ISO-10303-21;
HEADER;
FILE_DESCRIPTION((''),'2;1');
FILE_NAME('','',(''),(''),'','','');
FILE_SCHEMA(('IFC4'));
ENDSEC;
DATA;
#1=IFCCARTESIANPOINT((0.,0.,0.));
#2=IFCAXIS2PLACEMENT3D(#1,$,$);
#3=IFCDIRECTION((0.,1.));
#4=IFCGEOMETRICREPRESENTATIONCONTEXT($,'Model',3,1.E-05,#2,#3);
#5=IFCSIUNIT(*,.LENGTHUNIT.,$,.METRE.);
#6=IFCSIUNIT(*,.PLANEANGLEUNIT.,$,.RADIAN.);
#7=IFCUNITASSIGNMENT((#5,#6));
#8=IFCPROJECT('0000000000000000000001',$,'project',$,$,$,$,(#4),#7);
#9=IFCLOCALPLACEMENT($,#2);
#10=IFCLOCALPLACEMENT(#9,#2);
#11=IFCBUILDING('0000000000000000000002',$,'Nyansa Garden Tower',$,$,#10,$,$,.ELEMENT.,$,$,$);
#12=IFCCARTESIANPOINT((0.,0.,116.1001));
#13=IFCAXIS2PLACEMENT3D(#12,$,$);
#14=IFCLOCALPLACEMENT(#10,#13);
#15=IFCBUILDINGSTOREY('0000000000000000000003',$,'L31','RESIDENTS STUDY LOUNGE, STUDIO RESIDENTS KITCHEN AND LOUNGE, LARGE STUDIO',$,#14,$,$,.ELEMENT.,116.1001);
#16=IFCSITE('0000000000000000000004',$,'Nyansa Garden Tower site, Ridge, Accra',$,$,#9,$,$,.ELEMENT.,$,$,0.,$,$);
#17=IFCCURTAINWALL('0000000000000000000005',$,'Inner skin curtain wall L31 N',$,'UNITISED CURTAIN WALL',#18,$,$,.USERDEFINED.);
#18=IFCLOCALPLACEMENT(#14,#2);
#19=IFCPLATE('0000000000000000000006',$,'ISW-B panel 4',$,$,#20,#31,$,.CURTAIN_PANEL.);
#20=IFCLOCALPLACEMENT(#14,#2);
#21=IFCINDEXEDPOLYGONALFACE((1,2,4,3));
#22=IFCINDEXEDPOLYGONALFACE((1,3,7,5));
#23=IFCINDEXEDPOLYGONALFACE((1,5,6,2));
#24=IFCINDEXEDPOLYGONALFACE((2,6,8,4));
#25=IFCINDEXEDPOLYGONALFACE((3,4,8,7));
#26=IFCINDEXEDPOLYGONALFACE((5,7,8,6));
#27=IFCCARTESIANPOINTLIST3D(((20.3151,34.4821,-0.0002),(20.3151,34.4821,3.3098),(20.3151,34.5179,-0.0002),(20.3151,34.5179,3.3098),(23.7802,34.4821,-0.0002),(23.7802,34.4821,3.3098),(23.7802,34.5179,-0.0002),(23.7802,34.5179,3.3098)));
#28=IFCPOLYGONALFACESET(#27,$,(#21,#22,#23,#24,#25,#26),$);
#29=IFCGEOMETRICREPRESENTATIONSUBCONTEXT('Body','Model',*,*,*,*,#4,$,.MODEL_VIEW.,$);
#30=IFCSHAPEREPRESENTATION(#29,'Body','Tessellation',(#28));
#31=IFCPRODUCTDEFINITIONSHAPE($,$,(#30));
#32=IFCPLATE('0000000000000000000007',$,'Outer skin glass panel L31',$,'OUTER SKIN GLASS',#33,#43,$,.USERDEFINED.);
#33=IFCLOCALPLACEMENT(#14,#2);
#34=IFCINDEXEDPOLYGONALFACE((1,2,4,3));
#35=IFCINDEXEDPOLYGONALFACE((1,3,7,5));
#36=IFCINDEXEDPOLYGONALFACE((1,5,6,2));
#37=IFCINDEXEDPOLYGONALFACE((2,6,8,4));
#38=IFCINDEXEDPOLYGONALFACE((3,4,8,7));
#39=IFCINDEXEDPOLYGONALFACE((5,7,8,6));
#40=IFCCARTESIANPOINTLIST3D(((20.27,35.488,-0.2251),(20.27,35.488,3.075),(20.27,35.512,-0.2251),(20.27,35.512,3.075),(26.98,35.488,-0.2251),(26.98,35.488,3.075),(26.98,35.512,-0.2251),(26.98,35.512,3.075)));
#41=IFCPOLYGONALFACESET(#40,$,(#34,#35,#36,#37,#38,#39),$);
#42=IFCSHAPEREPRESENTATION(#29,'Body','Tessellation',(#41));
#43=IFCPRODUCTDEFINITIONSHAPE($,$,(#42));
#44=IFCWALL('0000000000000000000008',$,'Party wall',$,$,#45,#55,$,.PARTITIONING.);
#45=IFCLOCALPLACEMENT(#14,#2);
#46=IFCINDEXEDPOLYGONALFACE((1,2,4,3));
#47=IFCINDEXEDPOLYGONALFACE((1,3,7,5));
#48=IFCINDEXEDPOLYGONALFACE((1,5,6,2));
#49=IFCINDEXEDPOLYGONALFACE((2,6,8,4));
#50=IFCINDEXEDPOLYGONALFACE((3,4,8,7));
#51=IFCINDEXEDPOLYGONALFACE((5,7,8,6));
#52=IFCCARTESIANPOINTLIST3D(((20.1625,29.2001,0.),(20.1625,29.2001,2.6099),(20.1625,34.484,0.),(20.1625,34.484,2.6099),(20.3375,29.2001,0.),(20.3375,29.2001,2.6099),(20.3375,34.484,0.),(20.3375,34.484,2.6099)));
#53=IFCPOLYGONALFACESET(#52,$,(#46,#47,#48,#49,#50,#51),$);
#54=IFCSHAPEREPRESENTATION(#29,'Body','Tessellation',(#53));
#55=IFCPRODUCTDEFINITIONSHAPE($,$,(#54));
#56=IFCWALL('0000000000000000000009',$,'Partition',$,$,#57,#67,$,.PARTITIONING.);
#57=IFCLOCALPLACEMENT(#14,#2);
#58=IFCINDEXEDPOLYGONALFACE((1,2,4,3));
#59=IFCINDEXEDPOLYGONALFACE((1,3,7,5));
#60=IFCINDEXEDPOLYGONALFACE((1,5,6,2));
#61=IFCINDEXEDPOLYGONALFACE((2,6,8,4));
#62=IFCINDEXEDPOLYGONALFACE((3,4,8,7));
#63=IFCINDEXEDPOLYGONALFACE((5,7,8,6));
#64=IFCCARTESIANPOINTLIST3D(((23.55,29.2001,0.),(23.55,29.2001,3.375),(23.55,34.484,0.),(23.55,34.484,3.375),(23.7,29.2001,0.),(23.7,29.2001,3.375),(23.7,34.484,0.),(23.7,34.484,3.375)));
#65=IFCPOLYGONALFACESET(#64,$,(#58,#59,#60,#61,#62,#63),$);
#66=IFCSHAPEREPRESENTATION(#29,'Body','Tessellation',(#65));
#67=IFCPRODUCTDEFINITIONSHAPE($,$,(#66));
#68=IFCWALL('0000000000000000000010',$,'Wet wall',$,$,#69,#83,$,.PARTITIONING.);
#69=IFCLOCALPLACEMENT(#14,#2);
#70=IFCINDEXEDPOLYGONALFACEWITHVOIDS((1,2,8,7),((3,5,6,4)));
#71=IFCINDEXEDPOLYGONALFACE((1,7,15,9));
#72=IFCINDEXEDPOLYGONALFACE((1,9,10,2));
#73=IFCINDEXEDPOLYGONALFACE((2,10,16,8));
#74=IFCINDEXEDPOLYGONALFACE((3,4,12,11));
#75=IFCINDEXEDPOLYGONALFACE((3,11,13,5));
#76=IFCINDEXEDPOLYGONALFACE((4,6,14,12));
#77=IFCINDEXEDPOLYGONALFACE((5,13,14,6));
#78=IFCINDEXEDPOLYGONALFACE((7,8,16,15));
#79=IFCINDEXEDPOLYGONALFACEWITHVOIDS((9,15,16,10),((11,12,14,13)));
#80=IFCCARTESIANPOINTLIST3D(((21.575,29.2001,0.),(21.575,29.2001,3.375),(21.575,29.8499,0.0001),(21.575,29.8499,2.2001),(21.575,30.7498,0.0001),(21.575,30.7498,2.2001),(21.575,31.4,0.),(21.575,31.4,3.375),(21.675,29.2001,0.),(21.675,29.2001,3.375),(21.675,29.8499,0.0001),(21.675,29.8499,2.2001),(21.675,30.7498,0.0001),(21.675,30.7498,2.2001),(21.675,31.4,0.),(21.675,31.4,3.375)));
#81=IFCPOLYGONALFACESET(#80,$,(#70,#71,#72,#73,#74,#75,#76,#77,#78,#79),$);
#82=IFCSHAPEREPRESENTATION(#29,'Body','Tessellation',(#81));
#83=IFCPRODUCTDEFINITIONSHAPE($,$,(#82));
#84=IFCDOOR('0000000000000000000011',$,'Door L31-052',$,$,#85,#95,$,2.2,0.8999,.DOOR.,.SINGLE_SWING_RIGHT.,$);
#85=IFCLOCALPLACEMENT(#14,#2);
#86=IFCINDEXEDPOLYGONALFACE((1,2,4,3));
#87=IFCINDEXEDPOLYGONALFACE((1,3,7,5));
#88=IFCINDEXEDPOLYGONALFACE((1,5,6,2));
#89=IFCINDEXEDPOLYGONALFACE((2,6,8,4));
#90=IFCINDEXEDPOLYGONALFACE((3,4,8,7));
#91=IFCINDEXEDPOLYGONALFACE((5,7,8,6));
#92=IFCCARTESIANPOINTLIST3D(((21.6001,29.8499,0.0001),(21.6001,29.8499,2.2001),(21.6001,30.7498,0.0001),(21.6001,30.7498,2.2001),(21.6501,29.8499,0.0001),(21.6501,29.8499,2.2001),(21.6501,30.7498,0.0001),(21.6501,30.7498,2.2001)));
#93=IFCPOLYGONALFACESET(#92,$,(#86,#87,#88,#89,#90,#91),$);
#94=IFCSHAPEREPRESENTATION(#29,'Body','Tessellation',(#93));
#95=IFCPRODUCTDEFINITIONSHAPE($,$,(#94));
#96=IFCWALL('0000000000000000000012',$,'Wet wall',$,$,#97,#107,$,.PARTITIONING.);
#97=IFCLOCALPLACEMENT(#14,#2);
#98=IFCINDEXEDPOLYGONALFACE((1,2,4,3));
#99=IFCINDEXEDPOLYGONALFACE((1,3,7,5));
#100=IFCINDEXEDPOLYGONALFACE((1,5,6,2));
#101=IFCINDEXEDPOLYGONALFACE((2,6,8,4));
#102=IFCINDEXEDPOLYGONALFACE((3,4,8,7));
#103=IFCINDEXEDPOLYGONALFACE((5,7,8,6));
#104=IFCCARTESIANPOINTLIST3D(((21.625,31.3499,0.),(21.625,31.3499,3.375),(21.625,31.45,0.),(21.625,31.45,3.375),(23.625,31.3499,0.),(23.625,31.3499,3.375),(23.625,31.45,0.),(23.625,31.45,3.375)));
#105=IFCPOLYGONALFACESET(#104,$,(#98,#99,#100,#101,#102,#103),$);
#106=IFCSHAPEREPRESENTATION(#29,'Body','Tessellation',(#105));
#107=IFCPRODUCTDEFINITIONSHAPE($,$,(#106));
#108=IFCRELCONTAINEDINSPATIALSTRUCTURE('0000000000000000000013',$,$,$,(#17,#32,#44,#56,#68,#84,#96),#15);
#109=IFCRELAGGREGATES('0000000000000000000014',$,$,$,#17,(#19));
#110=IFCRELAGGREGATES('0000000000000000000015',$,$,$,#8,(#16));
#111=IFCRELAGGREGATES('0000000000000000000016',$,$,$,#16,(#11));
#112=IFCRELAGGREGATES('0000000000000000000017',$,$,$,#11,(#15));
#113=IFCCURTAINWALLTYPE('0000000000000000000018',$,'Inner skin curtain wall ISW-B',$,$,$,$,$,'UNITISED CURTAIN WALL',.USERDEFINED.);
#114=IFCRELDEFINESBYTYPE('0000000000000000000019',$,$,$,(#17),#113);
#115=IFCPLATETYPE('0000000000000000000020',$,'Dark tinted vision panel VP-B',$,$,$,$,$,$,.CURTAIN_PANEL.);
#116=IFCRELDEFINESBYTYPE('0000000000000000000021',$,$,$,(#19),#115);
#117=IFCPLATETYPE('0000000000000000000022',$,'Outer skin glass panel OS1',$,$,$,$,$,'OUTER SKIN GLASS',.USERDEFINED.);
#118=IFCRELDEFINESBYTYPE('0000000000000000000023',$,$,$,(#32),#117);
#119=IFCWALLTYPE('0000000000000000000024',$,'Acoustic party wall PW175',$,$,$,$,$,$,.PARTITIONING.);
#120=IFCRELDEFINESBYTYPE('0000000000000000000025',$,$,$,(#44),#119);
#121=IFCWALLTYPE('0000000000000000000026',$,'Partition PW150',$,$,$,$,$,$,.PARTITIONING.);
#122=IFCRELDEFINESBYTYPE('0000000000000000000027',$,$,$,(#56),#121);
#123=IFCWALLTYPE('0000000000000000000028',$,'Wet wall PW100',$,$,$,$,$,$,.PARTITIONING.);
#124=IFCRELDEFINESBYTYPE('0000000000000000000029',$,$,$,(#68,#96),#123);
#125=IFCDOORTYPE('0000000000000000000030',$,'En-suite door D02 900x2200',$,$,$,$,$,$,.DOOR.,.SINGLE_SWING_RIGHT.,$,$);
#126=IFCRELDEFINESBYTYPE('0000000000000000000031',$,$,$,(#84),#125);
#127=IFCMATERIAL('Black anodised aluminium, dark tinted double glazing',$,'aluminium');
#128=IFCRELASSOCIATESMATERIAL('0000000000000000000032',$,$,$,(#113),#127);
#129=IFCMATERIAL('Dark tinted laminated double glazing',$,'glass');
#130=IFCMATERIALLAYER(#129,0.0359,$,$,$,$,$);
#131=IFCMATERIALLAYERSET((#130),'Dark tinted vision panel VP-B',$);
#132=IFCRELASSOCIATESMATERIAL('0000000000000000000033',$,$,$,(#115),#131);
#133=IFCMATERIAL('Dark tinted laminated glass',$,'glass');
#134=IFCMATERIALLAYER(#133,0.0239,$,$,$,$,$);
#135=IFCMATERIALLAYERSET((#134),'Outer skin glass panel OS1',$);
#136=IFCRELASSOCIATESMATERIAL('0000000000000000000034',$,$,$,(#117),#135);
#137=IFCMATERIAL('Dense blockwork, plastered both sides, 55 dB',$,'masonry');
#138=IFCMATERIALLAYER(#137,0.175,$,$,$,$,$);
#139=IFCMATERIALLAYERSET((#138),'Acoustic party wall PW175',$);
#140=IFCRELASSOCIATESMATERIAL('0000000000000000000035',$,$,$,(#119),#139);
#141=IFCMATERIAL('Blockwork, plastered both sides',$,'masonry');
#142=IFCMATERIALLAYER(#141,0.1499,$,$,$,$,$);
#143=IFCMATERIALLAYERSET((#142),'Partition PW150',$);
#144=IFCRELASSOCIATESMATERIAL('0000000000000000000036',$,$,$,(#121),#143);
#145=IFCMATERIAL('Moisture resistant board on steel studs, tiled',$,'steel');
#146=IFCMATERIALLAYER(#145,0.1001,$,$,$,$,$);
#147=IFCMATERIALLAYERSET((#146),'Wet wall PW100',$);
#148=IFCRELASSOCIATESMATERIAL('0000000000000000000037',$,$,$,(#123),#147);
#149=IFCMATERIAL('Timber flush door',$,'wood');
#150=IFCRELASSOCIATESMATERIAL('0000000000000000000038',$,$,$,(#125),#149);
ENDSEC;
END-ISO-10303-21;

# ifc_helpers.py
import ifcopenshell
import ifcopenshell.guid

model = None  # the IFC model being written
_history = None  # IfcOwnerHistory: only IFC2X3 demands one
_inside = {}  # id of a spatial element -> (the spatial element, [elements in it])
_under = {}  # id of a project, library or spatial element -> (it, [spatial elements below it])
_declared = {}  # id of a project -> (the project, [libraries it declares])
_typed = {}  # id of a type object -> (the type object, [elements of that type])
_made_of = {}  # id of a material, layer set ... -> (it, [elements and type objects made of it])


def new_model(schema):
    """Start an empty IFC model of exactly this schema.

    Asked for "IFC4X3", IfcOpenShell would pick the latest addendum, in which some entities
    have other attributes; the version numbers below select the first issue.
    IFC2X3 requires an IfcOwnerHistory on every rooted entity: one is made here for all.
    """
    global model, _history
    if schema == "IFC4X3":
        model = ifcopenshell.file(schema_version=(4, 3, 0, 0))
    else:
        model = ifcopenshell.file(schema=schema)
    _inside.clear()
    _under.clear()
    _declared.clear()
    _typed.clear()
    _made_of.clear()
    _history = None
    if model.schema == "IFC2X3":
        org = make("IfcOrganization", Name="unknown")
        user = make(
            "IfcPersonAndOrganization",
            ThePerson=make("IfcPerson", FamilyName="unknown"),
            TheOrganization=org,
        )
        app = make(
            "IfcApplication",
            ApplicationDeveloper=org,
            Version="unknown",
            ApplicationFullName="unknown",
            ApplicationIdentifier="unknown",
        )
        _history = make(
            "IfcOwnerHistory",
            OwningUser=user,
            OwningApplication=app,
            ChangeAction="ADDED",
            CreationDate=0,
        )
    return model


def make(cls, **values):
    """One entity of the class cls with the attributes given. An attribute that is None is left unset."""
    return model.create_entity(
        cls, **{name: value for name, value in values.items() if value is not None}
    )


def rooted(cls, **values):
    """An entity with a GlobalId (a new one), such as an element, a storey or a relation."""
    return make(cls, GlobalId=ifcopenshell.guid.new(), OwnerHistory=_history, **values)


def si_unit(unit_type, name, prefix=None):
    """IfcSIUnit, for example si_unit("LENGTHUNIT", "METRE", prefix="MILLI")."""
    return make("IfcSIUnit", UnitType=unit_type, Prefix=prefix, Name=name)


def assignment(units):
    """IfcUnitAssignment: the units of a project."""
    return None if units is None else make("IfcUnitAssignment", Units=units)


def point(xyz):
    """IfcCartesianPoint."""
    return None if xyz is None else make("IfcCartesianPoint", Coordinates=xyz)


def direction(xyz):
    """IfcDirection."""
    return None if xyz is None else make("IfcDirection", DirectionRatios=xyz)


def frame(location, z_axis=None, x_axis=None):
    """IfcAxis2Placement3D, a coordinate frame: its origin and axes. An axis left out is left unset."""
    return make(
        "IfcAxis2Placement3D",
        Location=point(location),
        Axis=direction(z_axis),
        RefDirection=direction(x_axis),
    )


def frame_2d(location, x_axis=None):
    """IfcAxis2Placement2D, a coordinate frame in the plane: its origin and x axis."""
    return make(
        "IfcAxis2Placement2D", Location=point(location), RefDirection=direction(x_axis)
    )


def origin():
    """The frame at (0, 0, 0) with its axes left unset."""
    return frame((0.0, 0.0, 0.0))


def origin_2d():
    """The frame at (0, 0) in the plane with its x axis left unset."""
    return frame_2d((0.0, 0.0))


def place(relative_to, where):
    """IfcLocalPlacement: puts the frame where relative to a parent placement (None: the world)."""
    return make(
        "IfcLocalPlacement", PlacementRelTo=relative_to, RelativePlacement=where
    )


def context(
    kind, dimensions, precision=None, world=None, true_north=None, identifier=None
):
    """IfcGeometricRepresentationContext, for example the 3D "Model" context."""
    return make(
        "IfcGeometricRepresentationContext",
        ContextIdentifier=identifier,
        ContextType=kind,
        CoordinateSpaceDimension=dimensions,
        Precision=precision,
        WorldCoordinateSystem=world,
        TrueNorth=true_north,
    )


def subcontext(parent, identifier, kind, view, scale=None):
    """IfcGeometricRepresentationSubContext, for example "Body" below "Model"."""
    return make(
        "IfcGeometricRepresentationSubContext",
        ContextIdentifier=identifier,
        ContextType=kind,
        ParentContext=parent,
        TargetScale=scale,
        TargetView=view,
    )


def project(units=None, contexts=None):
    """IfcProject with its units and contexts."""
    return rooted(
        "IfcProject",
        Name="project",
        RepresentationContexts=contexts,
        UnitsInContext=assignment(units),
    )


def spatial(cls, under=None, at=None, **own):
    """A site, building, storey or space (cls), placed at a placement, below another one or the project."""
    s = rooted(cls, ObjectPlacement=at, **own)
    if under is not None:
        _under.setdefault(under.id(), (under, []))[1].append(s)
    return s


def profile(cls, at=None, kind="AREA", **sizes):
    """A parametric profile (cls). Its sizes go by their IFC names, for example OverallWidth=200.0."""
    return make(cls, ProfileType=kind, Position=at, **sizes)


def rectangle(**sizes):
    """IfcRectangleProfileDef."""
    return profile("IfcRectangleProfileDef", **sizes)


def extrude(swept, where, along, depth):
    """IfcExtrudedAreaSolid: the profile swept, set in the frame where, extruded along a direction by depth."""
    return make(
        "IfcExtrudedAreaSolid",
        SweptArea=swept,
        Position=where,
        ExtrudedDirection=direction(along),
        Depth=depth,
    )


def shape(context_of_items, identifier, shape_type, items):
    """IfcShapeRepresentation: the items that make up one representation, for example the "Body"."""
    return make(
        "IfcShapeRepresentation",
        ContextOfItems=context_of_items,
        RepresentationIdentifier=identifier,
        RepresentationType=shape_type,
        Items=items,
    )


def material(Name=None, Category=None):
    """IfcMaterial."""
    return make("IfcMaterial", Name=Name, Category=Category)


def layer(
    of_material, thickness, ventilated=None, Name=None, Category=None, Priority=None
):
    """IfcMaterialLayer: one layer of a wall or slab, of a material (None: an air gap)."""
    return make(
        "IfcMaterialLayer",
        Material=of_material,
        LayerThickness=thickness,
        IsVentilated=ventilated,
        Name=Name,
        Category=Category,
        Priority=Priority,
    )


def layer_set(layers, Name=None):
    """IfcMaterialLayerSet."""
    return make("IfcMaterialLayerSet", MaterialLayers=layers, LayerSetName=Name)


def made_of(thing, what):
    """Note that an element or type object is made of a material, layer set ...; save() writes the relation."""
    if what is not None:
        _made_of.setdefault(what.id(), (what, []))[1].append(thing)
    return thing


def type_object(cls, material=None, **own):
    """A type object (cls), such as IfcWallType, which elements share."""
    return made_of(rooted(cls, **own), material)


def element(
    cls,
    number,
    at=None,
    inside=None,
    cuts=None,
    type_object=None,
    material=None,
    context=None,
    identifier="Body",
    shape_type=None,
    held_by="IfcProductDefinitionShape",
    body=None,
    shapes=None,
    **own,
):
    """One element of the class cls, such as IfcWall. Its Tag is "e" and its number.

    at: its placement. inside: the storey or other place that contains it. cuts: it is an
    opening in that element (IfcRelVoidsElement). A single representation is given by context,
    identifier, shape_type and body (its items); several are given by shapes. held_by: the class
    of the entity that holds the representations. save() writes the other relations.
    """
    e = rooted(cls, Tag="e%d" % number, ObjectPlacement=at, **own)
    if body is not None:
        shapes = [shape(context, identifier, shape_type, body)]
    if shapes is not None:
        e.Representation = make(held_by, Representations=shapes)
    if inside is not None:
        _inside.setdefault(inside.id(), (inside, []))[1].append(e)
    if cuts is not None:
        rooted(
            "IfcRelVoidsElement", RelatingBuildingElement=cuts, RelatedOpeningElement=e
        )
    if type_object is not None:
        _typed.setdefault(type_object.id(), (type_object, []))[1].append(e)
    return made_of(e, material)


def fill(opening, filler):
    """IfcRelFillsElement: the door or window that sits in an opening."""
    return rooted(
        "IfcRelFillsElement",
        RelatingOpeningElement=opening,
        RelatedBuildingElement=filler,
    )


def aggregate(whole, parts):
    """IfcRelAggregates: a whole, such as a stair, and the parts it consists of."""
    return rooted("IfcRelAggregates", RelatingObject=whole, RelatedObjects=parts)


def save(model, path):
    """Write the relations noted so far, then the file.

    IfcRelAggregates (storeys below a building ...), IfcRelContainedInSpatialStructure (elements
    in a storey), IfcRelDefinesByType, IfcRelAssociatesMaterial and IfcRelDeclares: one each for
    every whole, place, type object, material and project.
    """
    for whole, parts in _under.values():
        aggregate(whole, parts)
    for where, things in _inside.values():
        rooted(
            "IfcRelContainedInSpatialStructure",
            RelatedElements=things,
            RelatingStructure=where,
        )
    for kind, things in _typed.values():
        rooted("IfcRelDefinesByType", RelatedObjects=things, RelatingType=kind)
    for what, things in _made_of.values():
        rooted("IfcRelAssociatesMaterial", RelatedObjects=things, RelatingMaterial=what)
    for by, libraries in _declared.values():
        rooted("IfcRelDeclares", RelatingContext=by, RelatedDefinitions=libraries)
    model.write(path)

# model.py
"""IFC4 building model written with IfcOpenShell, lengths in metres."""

from ifc_helpers import new_model, si_unit, direction, frame, frame_2d, origin, origin_2d, place, context, subcontext, project, spatial, rectangle, extrude, material, layer, layer_set, type_object, element, fill, aggregate, save


model = new_model("IFC4")

# Units and contexts
model_context = context("Model", 3, precision=1e-05, world=origin(), true_north=direction((0.0, 1.0)))
body_context = subcontext(model_context, "Body", "Model", "MODEL_VIEW")
ifc_project = project(units=[si_unit("LENGTHUNIT", "METRE"), si_unit("PLANEANGLEUNIT", "RADIAN")], contexts=[model_context])

# Site, building, storey
site_placement = place(None, origin())
site = spatial("IfcSite", under=ifc_project, at=site_placement, Name="Nyansa Garden Tower site, Ridge, Accra", CompositionType="ELEMENT", RefElevation=0.0)
building_placement = place(site_placement, origin())
building = spatial("IfcBuilding", under=site, at=building_placement, Name="Nyansa Garden Tower", CompositionType="ELEMENT")
storey_placement = place(building_placement, frame((0.0, 0.0, 116.1001)))
storey = spatial("IfcBuildingStorey", under=building, at=storey_placement, Name="L31", Description="RESIDENTS STUDY LOUNGE, STUDIO RESIDENTS KITCHEN AND LOUNGE, LARGE STUDIO", CompositionType="ELEMENT", Elevation=116.1001)

# Curtain wall
ifc_material_1 = material(Name="Black anodised aluminium, dark tinted double glazing", Category="aluminium")
curtain_wall_type = type_object("IfcCurtainWallType", Name="Inner skin curtain wall ISW-B", ElementType="UNITISED CURTAIN WALL", PredefinedType="USERDEFINED", material=ifc_material_1)
curtain_wall_placement = place(storey_placement, origin())
curtain_wall = element("IfcCurtainWall", 1, at=curtain_wall_placement, inside=storey, type_object=curtain_wall_type, Name="Inner skin curtain wall L31 N", ObjectType="UNITISED CURTAIN WALL", PredefinedType="USERDEFINED")

# Plates
ifc_material_2 = material(Name="Dark tinted laminated double glazing", Category="glass")
ifc_layer_1 = layer(ifc_material_2, 0.0359)
ifc_layer_set_1 = layer_set([ifc_layer_1], Name="Dark tinted vision panel VP-B")
plate_type_1 = type_object("IfcPlateType", Name="Dark tinted vision panel VP-B", PredefinedType="CURTAIN_PANEL", material=ifc_layer_set_1)
plate_1_placement = place(storey_placement, frame((22.0476, 34.5, -0.0002), z_axis=(0.0, 0.0, 1.0), x_axis=(-1.0, 0.0, 0.0)))
plate_1 = element("IfcPlate", 2, at=plate_1_placement, type_object=plate_type_1, Name="ISW-B panel 4", PredefinedType="CURTAIN_PANEL", context=body_context, shape_type="SweptSolid", body=[
    extrude(rectangle(XDim=3.4651, YDim=0.0359, at=origin_2d()), origin(), (0.0, 0.0, 1.0), 3.3101),
])
aggregate(curtain_wall, [plate_1])
ifc_material_3 = material(Name="Dark tinted laminated glass", Category="glass")
ifc_layer_2 = layer(ifc_material_3, 0.0239)
ifc_layer_set_2 = layer_set([ifc_layer_2], Name="Outer skin glass panel OS1")
plate_type_2 = type_object("IfcPlateType", Name="Outer skin glass panel OS1", ElementType="OUTER SKIN GLASS", PredefinedType="USERDEFINED", material=ifc_layer_set_2)
plate_2_placement = place(storey_placement, frame((23.625, 35.5, -0.2251), z_axis=(0.0, 0.0, 1.0), x_axis=(1.0, 0.0, 0.0)))
element("IfcPlate", 3, at=plate_2_placement, inside=storey, type_object=plate_type_2, Name="Outer skin glass panel L31", ObjectType="OUTER SKIN GLASS", PredefinedType="USERDEFINED", context=body_context, shape_type="SweptSolid", body=[
    extrude(rectangle(XDim=6.71, YDim=0.0239, at=origin_2d()), origin(), (0.0, 0.0, 1.0), 3.3),
])

# Walls
ifc_material_4 = material(Name="Dense blockwork, plastered both sides, 55 dB", Category="masonry")
ifc_layer_3 = layer(ifc_material_4, 0.175)
ifc_layer_set_3 = layer_set([ifc_layer_3], Name="Acoustic party wall PW175")
wall_type_1 = type_object("IfcWallType", Name="Acoustic party wall PW175", PredefinedType="PARTITIONING", material=ifc_layer_set_3)
wall_1_placement = place(storey_placement, frame((20.25, 29.2, 0.0), z_axis=(0.0, 0.0, 1.0), x_axis=(0.0, 1.0, 0.0)))
element("IfcWall", 4, at=wall_1_placement, inside=storey, type_object=wall_type_1, Name="Party wall", PredefinedType="PARTITIONING", context=body_context, shape_type="SweptSolid", body=[
    extrude(rectangle(XDim=5.2839, YDim=0.175, at=frame_2d((2.6421, 0.0))), origin(), (0.0, 0.0, 1.0), 2.6099),
])
ifc_material_5 = material(Name="Blockwork, plastered both sides", Category="masonry")
ifc_layer_4 = layer(ifc_material_5, 0.1499)
ifc_layer_set_4 = layer_set([ifc_layer_4], Name="Partition PW150")
wall_type_2 = type_object("IfcWallType", Name="Partition PW150", PredefinedType="PARTITIONING", material=ifc_layer_set_4)
wall_2_placement = place(storey_placement, frame((23.625, 29.2, 0.0), z_axis=(0.0, 0.0, 1.0), x_axis=(0.0, 1.0, 0.0)))
element("IfcWall", 5, at=wall_2_placement, inside=storey, type_object=wall_type_2, Name="Partition", PredefinedType="PARTITIONING", context=body_context, shape_type="SweptSolid", body=[
    extrude(rectangle(XDim=5.2839, YDim=0.1499, at=frame_2d((2.6421, 0.0))), origin(), (0.0, 0.0, 1.0), 3.375),
])

# Wall, opening, door
ifc_material_6 = material(Name="Moisture resistant board on steel studs, tiled", Category="steel")
ifc_layer_5 = layer(ifc_material_6, 0.1001)
ifc_layer_set_5 = layer_set([ifc_layer_5], Name="Wet wall PW100")
wall_type_3 = type_object("IfcWallType", Name="Wet wall PW100", PredefinedType="PARTITIONING", material=ifc_layer_set_5)
wall_3_placement = place(storey_placement, frame((21.625, 29.2, 0.0), z_axis=(0.0, 0.0, 1.0), x_axis=(0.0, 1.0, 0.0)))
wall_3 = element("IfcWall", 6, at=wall_3_placement, inside=storey, type_object=wall_type_3, Name="Wet wall", PredefinedType="PARTITIONING", context=body_context, shape_type="SweptSolid", body=[
    extrude(rectangle(XDim=2.2, YDim=0.1001, at=frame_2d((1.1001, 0.0))), origin(), (0.0, 0.0, 1.0), 3.375),
])
opening_placement = place(wall_3_placement, frame((0.6499, 0.0, 0.0)))
opening = element("IfcOpeningElement", 7, at=opening_placement, cuts=wall_3, PredefinedType="OPENING", context=body_context, shape_type="SweptSolid", body=[
    extrude(rectangle(XDim=0.8999, YDim=2.2, at=frame_2d((0.45, 1.1001))), frame((0.0, 0.0601, 0.0), z_axis=(0.0, -1.0, 0.0), x_axis=(1.0, 0.0, 0.0)), (0.0, 0.0, 1.0), 0.1201),
])
ifc_material_7 = material(Name="Timber flush door", Category="wood")
door_type = type_object("IfcDoorType", Name="En-suite door D02 900x2200", OperationType="SINGLE_SWING_RIGHT", PredefinedType="DOOR", material=ifc_material_7)
door_placement = place(opening_placement, origin())
door = element("IfcDoor", 8, at=door_placement, inside=storey, type_object=door_type, Name="Door L31-052", OperationType="SINGLE_SWING_RIGHT", OverallHeight=2.2, OverallWidth=0.8999, PredefinedType="DOOR", context=body_context, shape_type="SweptSolid", body=[
    extrude(rectangle(XDim=0.8999, YDim=2.2, at=frame_2d((0.45, 1.1001))), frame((0.0, 0.0249, 0.0), z_axis=(0.0, -1.0, 0.0), x_axis=(1.0, 0.0, 0.0)), (0.0, 0.0, 1.0), 0.05),
])
fill(opening, door)

# Wall
wall_4_placement = place(storey_placement, frame((21.625, 31.3999, 0.0), z_axis=(0.0, 0.0, 1.0), x_axis=(1.0, 0.0, 0.0)))
element("IfcWall", 9, at=wall_4_placement, inside=storey, type_object=wall_type_3, Name="Wet wall", PredefinedType="PARTITIONING", context=body_context, shape_type="SweptSolid", body=[
    extrude(rectangle(XDim=2.0, YDim=0.1001, at=frame_2d((1.0, 0.0))), origin(), (0.0, 0.0, 1.0), 3.375),
])

save(model, "model.ifc")
